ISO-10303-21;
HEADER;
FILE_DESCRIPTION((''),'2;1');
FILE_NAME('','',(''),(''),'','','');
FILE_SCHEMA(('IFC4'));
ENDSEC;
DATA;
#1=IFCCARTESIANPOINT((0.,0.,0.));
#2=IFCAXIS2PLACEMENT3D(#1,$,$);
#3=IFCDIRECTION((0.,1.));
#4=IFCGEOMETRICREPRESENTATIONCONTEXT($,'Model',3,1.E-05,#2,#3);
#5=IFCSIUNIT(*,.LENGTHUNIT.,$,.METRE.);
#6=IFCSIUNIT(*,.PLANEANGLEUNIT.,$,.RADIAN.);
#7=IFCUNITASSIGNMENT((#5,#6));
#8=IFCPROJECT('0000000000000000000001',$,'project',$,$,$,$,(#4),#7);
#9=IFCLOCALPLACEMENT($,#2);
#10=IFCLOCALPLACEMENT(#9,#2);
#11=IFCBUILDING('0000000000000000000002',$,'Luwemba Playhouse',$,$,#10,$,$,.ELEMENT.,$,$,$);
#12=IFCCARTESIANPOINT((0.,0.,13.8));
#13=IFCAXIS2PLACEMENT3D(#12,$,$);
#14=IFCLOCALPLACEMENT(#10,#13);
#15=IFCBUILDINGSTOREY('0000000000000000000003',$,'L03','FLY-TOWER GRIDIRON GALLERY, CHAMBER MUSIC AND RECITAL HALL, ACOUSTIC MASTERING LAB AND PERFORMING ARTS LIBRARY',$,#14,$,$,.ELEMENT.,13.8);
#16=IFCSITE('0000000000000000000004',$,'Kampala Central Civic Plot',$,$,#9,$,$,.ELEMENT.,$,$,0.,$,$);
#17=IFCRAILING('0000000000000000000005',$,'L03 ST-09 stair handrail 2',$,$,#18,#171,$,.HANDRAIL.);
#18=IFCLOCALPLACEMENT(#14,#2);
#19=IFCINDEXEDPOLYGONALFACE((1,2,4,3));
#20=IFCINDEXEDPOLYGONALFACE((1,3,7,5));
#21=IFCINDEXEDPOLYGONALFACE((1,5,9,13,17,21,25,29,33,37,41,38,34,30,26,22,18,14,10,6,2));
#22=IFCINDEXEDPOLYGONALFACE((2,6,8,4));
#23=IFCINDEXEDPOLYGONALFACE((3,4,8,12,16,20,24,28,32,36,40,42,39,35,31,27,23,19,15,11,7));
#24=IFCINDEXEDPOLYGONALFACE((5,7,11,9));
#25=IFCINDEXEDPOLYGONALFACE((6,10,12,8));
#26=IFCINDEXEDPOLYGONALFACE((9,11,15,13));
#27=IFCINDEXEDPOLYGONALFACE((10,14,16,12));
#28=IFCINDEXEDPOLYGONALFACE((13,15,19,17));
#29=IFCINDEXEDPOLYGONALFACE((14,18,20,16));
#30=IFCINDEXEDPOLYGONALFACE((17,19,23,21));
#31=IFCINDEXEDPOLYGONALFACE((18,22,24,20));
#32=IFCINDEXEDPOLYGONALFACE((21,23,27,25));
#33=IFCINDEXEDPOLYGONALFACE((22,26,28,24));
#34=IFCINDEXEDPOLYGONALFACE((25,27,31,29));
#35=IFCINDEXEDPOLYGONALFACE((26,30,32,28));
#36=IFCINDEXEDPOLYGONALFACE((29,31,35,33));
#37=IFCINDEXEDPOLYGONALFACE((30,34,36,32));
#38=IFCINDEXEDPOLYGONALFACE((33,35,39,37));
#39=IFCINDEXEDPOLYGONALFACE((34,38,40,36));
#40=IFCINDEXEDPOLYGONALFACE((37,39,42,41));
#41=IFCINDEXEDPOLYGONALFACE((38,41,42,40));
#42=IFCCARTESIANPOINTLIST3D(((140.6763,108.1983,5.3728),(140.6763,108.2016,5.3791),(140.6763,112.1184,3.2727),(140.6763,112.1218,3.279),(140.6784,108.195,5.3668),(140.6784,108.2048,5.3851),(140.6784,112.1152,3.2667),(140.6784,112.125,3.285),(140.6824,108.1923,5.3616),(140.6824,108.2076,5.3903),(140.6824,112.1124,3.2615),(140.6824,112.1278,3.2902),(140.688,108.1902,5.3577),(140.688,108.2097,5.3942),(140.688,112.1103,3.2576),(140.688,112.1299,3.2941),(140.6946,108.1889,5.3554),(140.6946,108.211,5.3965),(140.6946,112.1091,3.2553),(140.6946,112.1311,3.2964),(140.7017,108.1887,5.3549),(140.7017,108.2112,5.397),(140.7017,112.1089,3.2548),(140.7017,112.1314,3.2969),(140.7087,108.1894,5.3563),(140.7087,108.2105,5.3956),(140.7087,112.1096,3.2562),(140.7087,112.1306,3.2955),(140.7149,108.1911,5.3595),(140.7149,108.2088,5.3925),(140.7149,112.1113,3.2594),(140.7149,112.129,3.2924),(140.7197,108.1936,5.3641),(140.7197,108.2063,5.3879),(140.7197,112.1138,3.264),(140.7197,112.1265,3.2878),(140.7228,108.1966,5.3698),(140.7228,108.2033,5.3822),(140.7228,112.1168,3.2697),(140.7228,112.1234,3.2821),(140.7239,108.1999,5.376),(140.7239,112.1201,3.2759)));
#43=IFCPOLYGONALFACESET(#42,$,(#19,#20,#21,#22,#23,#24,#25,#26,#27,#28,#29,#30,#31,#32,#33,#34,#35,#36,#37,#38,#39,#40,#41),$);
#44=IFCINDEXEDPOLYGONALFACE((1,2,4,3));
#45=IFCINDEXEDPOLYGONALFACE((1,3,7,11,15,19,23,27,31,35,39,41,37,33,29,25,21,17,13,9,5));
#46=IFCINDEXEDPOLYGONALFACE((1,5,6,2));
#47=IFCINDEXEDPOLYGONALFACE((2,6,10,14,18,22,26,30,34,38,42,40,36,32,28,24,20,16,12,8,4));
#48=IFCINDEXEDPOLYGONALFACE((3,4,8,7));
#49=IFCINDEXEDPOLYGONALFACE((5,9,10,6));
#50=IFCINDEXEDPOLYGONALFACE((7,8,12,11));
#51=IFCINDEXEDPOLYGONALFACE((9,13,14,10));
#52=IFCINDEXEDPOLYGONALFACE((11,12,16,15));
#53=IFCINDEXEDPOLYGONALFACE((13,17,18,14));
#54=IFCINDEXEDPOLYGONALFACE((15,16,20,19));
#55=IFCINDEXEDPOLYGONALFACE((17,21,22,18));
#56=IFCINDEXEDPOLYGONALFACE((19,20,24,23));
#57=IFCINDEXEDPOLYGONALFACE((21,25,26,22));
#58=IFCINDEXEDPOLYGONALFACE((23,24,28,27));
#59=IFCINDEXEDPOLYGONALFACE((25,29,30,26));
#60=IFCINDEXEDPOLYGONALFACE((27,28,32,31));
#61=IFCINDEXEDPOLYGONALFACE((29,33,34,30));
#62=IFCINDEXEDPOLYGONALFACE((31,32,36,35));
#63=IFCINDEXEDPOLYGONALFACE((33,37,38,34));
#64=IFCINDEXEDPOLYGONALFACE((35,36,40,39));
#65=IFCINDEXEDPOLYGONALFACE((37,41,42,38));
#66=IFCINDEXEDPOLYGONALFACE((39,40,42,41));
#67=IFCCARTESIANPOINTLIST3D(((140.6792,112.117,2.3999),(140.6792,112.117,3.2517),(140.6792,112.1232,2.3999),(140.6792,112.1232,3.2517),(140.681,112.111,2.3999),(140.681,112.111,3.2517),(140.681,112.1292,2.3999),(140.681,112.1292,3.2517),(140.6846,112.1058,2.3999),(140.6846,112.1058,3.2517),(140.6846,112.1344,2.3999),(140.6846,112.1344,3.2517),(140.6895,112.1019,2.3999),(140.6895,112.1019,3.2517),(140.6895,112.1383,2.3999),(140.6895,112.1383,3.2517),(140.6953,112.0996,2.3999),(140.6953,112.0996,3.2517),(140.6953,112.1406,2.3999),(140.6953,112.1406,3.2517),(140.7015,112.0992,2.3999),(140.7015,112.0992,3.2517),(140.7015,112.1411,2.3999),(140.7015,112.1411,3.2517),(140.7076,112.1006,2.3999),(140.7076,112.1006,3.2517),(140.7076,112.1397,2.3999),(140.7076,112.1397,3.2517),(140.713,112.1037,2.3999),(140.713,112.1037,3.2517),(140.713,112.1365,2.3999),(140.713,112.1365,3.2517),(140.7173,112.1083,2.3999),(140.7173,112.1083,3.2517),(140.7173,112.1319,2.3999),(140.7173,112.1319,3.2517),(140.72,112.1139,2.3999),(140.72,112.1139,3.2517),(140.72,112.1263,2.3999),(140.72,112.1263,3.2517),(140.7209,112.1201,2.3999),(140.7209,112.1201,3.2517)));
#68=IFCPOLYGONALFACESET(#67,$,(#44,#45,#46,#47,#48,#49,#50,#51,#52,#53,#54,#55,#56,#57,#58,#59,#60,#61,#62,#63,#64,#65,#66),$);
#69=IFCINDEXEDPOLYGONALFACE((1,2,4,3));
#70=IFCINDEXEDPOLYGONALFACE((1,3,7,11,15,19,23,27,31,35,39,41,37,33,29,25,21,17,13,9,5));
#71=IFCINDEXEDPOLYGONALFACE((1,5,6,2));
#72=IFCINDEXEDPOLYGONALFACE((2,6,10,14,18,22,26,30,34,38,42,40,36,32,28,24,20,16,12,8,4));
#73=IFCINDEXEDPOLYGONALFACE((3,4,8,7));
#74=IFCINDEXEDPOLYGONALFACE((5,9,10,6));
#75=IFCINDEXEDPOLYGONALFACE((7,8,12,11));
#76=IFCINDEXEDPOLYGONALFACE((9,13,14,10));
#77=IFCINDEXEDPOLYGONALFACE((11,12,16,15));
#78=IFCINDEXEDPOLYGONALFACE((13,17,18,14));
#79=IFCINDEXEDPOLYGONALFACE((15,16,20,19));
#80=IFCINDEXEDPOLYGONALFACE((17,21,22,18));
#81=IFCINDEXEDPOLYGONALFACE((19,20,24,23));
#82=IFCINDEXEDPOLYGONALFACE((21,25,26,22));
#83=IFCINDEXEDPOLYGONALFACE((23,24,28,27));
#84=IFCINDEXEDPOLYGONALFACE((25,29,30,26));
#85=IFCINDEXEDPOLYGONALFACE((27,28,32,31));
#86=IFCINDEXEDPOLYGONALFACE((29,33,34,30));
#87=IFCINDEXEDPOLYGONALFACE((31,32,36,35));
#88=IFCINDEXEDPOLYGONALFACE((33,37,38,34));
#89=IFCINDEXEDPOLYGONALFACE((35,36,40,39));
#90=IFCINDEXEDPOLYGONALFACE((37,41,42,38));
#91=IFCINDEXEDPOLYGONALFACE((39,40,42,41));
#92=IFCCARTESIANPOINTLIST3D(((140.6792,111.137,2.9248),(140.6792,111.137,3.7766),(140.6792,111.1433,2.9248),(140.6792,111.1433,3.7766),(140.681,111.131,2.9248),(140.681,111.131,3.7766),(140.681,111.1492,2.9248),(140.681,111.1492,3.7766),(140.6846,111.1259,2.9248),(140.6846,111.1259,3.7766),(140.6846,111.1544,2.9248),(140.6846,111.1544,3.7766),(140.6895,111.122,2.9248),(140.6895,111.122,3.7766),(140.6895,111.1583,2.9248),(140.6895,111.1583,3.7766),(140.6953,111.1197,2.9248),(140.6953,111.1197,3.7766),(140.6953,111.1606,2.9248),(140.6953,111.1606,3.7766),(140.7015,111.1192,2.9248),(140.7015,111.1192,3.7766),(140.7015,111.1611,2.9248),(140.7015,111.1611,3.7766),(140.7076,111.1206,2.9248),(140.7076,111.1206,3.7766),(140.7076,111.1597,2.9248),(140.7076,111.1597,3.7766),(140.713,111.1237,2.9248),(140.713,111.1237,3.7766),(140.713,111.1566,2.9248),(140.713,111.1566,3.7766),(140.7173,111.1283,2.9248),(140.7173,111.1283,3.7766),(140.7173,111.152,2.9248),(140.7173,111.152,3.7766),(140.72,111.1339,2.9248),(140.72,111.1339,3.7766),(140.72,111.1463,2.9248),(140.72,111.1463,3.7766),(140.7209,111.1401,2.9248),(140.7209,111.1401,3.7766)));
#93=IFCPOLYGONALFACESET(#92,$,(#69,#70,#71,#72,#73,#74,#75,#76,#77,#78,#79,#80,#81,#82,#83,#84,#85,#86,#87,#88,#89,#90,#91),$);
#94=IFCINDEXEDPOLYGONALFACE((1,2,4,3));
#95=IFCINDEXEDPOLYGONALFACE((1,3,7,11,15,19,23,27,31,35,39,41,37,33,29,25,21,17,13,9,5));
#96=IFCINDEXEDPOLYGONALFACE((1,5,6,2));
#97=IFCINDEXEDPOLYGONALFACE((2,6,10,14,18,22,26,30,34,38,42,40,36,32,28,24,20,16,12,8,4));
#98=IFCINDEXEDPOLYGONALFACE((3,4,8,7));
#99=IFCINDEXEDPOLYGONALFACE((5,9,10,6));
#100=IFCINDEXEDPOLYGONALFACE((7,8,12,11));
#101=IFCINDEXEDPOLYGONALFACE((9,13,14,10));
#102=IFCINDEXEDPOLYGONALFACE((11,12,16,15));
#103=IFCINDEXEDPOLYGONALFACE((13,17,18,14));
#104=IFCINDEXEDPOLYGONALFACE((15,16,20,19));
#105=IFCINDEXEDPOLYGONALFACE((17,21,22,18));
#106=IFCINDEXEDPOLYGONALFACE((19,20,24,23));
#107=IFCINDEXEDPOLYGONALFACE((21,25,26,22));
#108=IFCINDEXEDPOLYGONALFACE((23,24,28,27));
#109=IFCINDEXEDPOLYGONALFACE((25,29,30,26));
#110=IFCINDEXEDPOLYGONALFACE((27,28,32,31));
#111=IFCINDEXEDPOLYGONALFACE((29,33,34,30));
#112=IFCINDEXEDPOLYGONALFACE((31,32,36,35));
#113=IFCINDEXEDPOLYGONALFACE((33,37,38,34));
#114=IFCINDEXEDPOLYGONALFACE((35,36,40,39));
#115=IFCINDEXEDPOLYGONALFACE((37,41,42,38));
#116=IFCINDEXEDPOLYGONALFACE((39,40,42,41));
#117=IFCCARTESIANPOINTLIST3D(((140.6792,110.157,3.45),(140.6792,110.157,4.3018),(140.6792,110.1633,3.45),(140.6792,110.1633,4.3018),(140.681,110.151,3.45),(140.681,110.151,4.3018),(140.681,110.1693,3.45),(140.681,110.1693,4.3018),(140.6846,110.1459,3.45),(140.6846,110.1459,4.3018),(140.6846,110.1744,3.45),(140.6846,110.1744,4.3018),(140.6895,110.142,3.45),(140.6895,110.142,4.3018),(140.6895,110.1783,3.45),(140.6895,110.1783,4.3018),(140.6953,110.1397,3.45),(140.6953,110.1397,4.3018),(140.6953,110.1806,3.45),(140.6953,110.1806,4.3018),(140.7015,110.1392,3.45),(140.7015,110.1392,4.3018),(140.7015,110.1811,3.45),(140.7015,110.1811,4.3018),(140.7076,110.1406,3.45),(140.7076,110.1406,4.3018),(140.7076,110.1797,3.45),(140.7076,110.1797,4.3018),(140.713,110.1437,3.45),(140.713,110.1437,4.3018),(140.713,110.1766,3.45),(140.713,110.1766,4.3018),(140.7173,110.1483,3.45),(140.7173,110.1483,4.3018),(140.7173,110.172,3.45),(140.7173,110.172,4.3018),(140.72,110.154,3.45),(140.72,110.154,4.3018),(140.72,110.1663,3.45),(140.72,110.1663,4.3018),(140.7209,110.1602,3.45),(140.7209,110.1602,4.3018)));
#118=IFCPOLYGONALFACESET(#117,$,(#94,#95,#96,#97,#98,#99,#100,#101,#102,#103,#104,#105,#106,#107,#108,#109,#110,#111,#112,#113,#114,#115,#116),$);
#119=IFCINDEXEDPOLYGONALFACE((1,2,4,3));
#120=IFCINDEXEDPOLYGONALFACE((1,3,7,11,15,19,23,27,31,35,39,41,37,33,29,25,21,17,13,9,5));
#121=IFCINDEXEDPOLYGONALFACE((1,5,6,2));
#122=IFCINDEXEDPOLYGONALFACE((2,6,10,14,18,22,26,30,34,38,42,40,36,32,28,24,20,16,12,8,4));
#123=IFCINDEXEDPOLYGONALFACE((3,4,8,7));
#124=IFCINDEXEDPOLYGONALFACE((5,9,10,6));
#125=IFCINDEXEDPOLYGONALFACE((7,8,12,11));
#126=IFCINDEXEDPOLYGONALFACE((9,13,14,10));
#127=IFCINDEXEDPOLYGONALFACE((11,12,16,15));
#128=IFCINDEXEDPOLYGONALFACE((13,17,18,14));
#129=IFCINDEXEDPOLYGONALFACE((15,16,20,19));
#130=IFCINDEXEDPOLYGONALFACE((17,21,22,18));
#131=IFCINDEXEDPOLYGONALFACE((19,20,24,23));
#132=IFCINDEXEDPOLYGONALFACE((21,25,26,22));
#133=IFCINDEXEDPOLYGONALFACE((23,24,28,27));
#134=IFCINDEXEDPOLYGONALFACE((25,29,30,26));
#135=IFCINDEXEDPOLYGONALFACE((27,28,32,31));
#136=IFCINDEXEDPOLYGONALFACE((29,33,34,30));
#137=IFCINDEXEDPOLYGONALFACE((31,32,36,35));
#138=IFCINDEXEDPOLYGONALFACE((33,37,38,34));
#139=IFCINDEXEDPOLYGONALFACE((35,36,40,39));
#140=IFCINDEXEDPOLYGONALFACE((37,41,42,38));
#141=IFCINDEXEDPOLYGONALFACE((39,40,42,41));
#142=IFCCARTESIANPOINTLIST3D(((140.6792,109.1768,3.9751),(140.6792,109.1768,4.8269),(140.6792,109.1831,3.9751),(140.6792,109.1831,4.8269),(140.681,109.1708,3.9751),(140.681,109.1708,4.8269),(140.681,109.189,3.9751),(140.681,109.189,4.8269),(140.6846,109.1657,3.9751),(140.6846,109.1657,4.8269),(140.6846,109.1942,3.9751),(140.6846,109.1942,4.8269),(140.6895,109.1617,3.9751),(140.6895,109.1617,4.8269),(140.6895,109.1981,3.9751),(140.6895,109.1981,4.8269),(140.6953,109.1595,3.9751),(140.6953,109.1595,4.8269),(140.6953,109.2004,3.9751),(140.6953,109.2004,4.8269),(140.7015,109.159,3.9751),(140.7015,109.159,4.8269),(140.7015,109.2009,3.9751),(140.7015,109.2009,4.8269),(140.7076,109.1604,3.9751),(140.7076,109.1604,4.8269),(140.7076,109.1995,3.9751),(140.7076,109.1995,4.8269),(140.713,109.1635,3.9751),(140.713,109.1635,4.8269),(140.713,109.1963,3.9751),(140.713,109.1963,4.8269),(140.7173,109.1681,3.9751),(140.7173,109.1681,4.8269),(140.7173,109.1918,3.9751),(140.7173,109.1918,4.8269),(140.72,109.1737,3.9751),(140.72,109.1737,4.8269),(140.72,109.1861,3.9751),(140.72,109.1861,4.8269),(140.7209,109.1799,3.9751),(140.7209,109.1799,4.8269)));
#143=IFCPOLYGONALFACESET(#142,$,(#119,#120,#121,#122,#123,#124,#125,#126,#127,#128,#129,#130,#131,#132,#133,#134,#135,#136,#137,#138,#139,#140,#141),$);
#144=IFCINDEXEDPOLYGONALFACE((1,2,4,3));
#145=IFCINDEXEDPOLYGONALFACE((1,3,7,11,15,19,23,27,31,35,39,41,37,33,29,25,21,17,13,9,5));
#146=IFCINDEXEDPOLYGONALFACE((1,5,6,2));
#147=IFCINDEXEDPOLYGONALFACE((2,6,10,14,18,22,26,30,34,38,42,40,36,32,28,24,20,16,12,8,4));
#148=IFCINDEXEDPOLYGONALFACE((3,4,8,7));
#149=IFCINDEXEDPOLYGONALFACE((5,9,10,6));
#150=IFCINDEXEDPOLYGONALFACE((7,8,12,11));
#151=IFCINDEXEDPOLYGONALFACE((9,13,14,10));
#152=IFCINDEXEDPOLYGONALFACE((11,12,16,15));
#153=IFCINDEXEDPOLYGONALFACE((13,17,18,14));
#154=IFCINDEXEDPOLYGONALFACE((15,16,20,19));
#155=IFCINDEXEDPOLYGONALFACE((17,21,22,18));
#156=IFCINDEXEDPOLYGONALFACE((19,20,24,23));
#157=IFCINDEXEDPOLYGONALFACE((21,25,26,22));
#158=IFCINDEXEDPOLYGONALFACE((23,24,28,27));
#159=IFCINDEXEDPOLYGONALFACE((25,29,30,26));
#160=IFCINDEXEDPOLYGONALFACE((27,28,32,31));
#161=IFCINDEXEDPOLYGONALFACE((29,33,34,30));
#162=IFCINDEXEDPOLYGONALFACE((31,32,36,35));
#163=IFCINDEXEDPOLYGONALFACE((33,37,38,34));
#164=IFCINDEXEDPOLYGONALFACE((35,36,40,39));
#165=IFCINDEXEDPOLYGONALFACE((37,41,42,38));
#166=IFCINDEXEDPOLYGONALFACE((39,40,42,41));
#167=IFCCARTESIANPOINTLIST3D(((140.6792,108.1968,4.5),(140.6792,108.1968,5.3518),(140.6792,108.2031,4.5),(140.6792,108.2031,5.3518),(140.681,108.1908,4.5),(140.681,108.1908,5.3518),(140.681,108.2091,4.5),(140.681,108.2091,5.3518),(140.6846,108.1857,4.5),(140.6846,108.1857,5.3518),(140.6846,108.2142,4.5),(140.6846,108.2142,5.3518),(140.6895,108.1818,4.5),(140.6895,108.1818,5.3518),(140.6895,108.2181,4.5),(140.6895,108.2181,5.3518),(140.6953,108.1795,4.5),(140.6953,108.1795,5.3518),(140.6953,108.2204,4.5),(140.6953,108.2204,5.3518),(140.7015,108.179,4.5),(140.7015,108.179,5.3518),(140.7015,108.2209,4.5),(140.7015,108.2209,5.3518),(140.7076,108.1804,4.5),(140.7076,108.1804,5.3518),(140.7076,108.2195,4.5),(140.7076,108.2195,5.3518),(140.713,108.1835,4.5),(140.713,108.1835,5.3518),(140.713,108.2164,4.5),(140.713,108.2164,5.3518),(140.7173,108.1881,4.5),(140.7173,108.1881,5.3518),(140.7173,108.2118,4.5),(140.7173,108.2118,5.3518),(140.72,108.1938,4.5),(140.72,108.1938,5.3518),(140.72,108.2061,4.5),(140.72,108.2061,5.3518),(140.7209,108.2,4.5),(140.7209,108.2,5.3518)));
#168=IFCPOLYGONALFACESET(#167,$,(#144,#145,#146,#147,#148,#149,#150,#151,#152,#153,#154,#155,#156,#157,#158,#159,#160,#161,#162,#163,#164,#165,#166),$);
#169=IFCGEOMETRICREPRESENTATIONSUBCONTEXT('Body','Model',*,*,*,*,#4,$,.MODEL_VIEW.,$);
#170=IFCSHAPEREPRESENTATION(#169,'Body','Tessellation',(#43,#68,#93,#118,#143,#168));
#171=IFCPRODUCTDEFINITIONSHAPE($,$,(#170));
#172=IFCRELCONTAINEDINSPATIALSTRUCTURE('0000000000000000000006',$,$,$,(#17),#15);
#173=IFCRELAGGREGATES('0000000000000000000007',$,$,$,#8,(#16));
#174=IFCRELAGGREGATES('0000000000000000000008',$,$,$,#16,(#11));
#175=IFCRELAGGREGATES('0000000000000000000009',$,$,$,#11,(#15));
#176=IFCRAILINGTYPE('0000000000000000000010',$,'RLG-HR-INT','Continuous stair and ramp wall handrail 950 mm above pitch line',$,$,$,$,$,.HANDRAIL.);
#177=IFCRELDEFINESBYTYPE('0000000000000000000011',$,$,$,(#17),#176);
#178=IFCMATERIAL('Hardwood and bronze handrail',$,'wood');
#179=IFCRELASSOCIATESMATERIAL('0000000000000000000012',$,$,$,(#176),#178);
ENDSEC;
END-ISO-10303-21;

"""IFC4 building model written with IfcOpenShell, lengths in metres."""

from ifc_helpers import new_model, si_unit, direction, frame, origin, origin_2d, place, context, subcontext, project, spatial, circle, extrude, material, type_object, element, save


model = new_model("IFC4")

# Units and contexts
model_context = context("Model", 3, precision=1e-05, world=origin(), true_north=direction((0.0, 1.0)))
body_context = subcontext(model_context, "Body", "Model", "MODEL_VIEW")
ifc_project = project(units=[si_unit("LENGTHUNIT", "METRE"), si_unit("PLANEANGLEUNIT", "RADIAN")], contexts=[model_context])

# Site, building, storey
site_placement = place(None, origin())
site = spatial("IfcSite", under=ifc_project, at=site_placement, Name="Kampala Central Civic Plot", CompositionType="ELEMENT", RefElevation=0.0)
building_placement = place(site_placement, origin())
building = spatial("IfcBuilding", under=site, at=building_placement, Name="Luwemba Playhouse", CompositionType="ELEMENT")
storey_placement = place(building_placement, frame((0.0, 0.0, 13.8)))
storey = spatial("IfcBuildingStorey", under=building, at=storey_placement, Name="L03", Description="FLY-TOWER GRIDIRON GALLERY, CHAMBER MUSIC AND RECITAL HALL, ACOUSTIC MASTERING LAB AND PERFORMING ARTS LIBRARY", CompositionType="ELEMENT", Elevation=13.8)

# Railing
ifc_material_1 = material(Name="Hardwood and bronze handrail", Category="wood")
railing_type_1 = type_object("IfcRailingType", Name="RLG-HR-INT", Description="Continuous stair and ramp wall handrail 950 mm above pitch line", PredefinedType="HANDRAIL", material=ifc_material_1)
railing_1_placement = place(storey_placement, frame((140.7, 112.1201, 2.3999)))
element("IfcRailing", 1, at=railing_1_placement, inside=storey, type_object=railing_type_1, Name="L03 ST-09 stair handrail 2", PredefinedType="HANDRAIL", context=body_context, shape_type="SweptSolid", body=[
    extrude(circle(Radius=0.0239, at=origin_2d()), frame((0.0, 0.0, 0.876), z_axis=(0.0, -0.881479, 0.472223), x_axis=(1.0, 0.0, 0.0)), (0.0, 0.0, 1.0), 4.4473),
    extrude(circle(Radius=0.021, at=origin_2d()), origin(), (0.0, 0.0, 1.0), 0.8518),
    extrude(circle(Radius=0.021, at=origin_2d()), frame((0.0, -0.98, 0.5249)), (0.0, 0.0, 1.0), 0.8518),
    extrude(circle(Radius=0.021, at=origin_2d()), frame((0.0, -1.96, 1.05)), (0.0, 0.0, 1.0), 0.8518),
    extrude(circle(Radius=0.021, at=origin_2d()), frame((0.0, -2.9402, 1.5752)), (0.0, 0.0, 1.0), 0.8518),
    extrude(circle(Radius=0.021, at=origin_2d()), frame((0.0, -3.9202, 2.1001)), (0.0, 0.0, 1.0), 0.8518),
])

save(model, "model.ifc")
